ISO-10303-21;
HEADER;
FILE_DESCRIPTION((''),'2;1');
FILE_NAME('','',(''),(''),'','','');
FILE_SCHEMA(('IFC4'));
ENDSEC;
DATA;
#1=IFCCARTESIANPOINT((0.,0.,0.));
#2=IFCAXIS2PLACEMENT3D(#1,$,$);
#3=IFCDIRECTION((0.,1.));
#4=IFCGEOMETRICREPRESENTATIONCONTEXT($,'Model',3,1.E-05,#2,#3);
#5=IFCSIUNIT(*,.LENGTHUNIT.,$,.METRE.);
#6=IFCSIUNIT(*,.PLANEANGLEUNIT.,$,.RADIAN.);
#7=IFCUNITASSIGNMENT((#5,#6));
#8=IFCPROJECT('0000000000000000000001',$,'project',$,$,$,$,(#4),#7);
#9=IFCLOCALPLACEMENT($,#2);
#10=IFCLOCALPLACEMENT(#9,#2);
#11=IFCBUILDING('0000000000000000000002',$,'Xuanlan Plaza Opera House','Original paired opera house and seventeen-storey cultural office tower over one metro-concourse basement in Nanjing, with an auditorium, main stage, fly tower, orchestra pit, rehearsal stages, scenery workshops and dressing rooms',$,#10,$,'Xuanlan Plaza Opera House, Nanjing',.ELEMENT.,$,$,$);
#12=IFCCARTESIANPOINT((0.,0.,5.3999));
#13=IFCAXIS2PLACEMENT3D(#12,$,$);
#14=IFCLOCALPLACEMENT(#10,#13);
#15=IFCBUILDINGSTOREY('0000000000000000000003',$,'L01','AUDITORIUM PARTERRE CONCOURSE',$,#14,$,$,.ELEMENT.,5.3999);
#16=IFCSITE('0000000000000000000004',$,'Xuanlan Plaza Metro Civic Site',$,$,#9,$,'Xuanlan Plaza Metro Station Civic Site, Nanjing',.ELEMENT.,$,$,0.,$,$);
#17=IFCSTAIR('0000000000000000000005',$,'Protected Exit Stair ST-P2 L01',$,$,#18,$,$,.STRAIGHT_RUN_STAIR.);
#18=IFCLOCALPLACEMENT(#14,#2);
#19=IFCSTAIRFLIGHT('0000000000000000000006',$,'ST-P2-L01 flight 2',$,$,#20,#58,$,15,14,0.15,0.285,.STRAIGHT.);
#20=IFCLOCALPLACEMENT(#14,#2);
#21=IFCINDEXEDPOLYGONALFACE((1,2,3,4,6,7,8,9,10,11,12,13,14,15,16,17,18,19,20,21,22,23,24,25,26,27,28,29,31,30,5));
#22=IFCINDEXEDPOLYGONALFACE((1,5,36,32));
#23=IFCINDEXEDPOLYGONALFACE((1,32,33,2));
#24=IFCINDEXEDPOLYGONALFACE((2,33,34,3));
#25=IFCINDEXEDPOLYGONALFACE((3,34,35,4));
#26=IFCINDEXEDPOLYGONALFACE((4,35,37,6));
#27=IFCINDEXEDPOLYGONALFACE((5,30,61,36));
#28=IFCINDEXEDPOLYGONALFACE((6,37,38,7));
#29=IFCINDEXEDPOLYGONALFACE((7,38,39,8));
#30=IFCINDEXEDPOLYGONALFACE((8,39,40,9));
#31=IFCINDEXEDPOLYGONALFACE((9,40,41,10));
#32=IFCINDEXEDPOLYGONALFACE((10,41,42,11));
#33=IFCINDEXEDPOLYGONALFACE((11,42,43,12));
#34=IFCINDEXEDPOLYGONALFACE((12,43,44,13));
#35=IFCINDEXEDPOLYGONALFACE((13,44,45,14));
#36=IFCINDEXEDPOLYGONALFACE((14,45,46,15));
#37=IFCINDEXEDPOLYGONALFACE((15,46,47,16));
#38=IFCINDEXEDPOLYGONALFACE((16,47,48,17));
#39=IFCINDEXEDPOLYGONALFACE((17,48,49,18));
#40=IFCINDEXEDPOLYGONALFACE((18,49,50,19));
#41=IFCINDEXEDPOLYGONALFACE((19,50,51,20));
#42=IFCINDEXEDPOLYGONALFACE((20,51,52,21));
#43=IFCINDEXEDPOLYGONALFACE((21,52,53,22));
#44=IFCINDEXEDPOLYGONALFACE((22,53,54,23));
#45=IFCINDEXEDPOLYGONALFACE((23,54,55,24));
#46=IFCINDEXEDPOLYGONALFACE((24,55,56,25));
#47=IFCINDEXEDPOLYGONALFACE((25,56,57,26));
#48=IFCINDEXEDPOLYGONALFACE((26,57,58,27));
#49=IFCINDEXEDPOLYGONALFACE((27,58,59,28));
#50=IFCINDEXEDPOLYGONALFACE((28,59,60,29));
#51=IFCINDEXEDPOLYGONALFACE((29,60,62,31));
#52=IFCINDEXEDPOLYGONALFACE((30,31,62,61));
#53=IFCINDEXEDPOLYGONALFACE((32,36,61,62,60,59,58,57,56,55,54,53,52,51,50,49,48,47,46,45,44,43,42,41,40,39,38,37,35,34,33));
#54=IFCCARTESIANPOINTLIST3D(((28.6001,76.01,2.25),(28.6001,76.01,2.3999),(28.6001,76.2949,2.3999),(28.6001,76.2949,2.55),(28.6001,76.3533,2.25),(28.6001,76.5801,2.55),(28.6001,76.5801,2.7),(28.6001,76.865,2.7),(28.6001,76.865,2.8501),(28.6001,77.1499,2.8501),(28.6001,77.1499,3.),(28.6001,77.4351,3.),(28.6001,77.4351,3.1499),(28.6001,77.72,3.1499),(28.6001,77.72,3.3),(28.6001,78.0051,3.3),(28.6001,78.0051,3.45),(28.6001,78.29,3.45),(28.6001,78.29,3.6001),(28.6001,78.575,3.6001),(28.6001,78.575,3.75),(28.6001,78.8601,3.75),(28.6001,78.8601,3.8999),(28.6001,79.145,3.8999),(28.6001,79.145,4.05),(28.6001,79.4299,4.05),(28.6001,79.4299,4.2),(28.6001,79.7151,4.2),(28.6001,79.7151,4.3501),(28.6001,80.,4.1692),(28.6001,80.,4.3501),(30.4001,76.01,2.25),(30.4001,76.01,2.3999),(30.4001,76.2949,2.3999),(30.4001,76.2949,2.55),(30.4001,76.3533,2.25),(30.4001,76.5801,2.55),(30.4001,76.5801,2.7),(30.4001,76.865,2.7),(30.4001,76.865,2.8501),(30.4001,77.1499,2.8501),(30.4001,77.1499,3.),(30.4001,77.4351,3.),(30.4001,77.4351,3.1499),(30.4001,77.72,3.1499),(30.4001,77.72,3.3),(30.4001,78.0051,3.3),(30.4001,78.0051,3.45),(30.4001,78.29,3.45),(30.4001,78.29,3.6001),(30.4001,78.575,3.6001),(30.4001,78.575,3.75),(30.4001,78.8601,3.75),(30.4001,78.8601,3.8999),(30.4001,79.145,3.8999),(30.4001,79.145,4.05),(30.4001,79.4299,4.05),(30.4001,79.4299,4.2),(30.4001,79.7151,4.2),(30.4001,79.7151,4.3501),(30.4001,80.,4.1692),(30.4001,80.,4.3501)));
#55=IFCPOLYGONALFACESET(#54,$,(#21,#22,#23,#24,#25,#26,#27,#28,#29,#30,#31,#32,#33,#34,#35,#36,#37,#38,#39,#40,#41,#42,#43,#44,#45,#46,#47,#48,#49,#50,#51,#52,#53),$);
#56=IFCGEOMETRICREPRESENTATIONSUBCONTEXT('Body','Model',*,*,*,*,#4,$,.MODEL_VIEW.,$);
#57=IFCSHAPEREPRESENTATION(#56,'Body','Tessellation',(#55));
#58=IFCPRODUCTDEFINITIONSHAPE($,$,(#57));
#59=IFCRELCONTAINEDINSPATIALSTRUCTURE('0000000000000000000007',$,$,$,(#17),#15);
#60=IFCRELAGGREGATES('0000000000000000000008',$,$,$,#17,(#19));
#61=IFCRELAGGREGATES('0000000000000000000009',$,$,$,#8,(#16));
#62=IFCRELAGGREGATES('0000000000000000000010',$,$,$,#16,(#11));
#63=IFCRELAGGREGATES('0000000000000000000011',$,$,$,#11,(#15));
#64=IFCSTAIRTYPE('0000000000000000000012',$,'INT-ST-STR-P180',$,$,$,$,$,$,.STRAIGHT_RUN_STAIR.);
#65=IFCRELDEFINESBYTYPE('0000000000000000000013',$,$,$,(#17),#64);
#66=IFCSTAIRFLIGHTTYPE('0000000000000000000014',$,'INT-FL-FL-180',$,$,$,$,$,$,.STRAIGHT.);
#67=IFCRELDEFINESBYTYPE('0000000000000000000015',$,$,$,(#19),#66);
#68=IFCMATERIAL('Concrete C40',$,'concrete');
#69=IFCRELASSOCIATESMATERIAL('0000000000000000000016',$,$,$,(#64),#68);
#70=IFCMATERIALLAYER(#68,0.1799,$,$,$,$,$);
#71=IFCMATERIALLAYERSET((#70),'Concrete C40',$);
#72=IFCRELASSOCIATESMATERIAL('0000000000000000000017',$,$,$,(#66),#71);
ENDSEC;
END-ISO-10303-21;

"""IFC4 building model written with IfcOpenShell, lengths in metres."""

from ifc_helpers import new_model, si_unit, direction, frame, origin, place, context, subcontext, project, spatial, polyline, outline, extrude, material, layer, layer_set, type_object, element, aggregate, save


model = new_model("IFC4")

# Units and contexts
model_context = context("Model", 3, precision=1e-05, world=origin(), true_north=direction((0.0, 1.0)))
body_context = subcontext(model_context, "Body", "Model", "MODEL_VIEW")
ifc_project = project(units=[si_unit("LENGTHUNIT", "METRE"), si_unit("PLANEANGLEUNIT", "RADIAN")], contexts=[model_context])

# Site, building, storey
site_placement = place(None, origin())
site = spatial("IfcSite", under=ifc_project, at=site_placement, Name="Xuanlan Plaza Metro Civic Site", LongName="Xuanlan Plaza Metro Station Civic Site, Nanjing", CompositionType="ELEMENT", RefElevation=0.0)
building_placement = place(site_placement, origin())
building = spatial("IfcBuilding", under=site, at=building_placement, Name="Xuanlan Plaza Opera House", Description="Original paired opera house and seventeen-storey cultural office tower over one metro-concourse basement in Nanjing, with an auditorium, main stage, fly tower, orchestra pit, rehearsal stages, scenery workshops and dressing rooms", LongName="Xuanlan Plaza Opera House, Nanjing", CompositionType="ELEMENT")
storey_placement = place(building_placement, frame((0.0, 0.0, 5.3999)))
storey = spatial("IfcBuildingStorey", under=building, at=storey_placement, Name="L01", Description="AUDITORIUM PARTERRE CONCOURSE", CompositionType="ELEMENT", Elevation=5.3999)

# Shared definitions
ifc_material_1 = material(Name="Concrete C40", Category="concrete")

# Stair, stair flight
stair_type = type_object("IfcStairType", Name="INT-ST-STR-P180", PredefinedType="STRAIGHT_RUN_STAIR", material=ifc_material_1)
stair_placement = place(storey_placement, origin())
stair = element("IfcStair", 1, at=stair_placement, inside=storey, type_object=stair_type, Name="Protected Exit Stair ST-P2 L01", PredefinedType="STRAIGHT_RUN_STAIR")
ifc_layer_1 = layer(ifc_material_1, 0.1799)
ifc_layer_set_1 = layer_set([ifc_layer_1], Name="Concrete C40")
stair_flight_type = type_object("IfcStairFlightType", Name="INT-FL-FL-180", PredefinedType="STRAIGHT", material=ifc_layer_set_1)
stair_flight_1_placement = place(storey_placement, frame((29.5, 76.01, 2.25), z_axis=(0.0, 0.0, 1.0), x_axis=(0.0, 1.0, 0.0)))
stair_flight_1 = element("IfcStairFlight", 2, at=stair_flight_1_placement, type_object=stair_flight_type, Name="ST-P2-L01 flight 2", NumberOfRisers=15, NumberOfTreads=14, PredefinedType="STRAIGHT", RiserHeight=0.15, TreadLength=0.285, context=body_context, shape_type="SweptSolid", body=[
    extrude(outline(polyline([(0.0, 0.0), (0.0, 0.1499), (0.2849, 0.1499), (0.2849, 0.3), (0.5701, 0.3), (0.5701, 0.45), (0.855, 0.45), (0.855, 0.6001), (1.1399, 0.6001), (1.1399, 0.75), (1.425, 0.75), (1.425, 0.8999), (1.71, 0.8999), (1.71, 1.05), (1.9951, 1.05), (1.9951, 1.2), (2.28, 1.2), (2.28, 1.3501), (2.5649, 1.3501), (2.5649, 1.5), (2.8501, 1.5), (2.8501, 1.6499), (3.135, 1.6499), (3.135, 1.8), (3.4199, 1.8), (3.4199, 1.95), (3.7051, 1.95), (3.7051, 2.1001), (3.99, 2.1001), (3.99, 2.25), (3.99, 1.9192), (0.3433, 0.0), (0.0, 0.0)])), frame((0.0, 0.8999, 0.0), z_axis=(0.0, -1.0, 0.0), x_axis=(1.0, 0.0, 0.0)), (0.0, 0.0, 1.0), 1.8),
])
aggregate(stair, [stair_flight_1])

save(model, "model.ifc")
